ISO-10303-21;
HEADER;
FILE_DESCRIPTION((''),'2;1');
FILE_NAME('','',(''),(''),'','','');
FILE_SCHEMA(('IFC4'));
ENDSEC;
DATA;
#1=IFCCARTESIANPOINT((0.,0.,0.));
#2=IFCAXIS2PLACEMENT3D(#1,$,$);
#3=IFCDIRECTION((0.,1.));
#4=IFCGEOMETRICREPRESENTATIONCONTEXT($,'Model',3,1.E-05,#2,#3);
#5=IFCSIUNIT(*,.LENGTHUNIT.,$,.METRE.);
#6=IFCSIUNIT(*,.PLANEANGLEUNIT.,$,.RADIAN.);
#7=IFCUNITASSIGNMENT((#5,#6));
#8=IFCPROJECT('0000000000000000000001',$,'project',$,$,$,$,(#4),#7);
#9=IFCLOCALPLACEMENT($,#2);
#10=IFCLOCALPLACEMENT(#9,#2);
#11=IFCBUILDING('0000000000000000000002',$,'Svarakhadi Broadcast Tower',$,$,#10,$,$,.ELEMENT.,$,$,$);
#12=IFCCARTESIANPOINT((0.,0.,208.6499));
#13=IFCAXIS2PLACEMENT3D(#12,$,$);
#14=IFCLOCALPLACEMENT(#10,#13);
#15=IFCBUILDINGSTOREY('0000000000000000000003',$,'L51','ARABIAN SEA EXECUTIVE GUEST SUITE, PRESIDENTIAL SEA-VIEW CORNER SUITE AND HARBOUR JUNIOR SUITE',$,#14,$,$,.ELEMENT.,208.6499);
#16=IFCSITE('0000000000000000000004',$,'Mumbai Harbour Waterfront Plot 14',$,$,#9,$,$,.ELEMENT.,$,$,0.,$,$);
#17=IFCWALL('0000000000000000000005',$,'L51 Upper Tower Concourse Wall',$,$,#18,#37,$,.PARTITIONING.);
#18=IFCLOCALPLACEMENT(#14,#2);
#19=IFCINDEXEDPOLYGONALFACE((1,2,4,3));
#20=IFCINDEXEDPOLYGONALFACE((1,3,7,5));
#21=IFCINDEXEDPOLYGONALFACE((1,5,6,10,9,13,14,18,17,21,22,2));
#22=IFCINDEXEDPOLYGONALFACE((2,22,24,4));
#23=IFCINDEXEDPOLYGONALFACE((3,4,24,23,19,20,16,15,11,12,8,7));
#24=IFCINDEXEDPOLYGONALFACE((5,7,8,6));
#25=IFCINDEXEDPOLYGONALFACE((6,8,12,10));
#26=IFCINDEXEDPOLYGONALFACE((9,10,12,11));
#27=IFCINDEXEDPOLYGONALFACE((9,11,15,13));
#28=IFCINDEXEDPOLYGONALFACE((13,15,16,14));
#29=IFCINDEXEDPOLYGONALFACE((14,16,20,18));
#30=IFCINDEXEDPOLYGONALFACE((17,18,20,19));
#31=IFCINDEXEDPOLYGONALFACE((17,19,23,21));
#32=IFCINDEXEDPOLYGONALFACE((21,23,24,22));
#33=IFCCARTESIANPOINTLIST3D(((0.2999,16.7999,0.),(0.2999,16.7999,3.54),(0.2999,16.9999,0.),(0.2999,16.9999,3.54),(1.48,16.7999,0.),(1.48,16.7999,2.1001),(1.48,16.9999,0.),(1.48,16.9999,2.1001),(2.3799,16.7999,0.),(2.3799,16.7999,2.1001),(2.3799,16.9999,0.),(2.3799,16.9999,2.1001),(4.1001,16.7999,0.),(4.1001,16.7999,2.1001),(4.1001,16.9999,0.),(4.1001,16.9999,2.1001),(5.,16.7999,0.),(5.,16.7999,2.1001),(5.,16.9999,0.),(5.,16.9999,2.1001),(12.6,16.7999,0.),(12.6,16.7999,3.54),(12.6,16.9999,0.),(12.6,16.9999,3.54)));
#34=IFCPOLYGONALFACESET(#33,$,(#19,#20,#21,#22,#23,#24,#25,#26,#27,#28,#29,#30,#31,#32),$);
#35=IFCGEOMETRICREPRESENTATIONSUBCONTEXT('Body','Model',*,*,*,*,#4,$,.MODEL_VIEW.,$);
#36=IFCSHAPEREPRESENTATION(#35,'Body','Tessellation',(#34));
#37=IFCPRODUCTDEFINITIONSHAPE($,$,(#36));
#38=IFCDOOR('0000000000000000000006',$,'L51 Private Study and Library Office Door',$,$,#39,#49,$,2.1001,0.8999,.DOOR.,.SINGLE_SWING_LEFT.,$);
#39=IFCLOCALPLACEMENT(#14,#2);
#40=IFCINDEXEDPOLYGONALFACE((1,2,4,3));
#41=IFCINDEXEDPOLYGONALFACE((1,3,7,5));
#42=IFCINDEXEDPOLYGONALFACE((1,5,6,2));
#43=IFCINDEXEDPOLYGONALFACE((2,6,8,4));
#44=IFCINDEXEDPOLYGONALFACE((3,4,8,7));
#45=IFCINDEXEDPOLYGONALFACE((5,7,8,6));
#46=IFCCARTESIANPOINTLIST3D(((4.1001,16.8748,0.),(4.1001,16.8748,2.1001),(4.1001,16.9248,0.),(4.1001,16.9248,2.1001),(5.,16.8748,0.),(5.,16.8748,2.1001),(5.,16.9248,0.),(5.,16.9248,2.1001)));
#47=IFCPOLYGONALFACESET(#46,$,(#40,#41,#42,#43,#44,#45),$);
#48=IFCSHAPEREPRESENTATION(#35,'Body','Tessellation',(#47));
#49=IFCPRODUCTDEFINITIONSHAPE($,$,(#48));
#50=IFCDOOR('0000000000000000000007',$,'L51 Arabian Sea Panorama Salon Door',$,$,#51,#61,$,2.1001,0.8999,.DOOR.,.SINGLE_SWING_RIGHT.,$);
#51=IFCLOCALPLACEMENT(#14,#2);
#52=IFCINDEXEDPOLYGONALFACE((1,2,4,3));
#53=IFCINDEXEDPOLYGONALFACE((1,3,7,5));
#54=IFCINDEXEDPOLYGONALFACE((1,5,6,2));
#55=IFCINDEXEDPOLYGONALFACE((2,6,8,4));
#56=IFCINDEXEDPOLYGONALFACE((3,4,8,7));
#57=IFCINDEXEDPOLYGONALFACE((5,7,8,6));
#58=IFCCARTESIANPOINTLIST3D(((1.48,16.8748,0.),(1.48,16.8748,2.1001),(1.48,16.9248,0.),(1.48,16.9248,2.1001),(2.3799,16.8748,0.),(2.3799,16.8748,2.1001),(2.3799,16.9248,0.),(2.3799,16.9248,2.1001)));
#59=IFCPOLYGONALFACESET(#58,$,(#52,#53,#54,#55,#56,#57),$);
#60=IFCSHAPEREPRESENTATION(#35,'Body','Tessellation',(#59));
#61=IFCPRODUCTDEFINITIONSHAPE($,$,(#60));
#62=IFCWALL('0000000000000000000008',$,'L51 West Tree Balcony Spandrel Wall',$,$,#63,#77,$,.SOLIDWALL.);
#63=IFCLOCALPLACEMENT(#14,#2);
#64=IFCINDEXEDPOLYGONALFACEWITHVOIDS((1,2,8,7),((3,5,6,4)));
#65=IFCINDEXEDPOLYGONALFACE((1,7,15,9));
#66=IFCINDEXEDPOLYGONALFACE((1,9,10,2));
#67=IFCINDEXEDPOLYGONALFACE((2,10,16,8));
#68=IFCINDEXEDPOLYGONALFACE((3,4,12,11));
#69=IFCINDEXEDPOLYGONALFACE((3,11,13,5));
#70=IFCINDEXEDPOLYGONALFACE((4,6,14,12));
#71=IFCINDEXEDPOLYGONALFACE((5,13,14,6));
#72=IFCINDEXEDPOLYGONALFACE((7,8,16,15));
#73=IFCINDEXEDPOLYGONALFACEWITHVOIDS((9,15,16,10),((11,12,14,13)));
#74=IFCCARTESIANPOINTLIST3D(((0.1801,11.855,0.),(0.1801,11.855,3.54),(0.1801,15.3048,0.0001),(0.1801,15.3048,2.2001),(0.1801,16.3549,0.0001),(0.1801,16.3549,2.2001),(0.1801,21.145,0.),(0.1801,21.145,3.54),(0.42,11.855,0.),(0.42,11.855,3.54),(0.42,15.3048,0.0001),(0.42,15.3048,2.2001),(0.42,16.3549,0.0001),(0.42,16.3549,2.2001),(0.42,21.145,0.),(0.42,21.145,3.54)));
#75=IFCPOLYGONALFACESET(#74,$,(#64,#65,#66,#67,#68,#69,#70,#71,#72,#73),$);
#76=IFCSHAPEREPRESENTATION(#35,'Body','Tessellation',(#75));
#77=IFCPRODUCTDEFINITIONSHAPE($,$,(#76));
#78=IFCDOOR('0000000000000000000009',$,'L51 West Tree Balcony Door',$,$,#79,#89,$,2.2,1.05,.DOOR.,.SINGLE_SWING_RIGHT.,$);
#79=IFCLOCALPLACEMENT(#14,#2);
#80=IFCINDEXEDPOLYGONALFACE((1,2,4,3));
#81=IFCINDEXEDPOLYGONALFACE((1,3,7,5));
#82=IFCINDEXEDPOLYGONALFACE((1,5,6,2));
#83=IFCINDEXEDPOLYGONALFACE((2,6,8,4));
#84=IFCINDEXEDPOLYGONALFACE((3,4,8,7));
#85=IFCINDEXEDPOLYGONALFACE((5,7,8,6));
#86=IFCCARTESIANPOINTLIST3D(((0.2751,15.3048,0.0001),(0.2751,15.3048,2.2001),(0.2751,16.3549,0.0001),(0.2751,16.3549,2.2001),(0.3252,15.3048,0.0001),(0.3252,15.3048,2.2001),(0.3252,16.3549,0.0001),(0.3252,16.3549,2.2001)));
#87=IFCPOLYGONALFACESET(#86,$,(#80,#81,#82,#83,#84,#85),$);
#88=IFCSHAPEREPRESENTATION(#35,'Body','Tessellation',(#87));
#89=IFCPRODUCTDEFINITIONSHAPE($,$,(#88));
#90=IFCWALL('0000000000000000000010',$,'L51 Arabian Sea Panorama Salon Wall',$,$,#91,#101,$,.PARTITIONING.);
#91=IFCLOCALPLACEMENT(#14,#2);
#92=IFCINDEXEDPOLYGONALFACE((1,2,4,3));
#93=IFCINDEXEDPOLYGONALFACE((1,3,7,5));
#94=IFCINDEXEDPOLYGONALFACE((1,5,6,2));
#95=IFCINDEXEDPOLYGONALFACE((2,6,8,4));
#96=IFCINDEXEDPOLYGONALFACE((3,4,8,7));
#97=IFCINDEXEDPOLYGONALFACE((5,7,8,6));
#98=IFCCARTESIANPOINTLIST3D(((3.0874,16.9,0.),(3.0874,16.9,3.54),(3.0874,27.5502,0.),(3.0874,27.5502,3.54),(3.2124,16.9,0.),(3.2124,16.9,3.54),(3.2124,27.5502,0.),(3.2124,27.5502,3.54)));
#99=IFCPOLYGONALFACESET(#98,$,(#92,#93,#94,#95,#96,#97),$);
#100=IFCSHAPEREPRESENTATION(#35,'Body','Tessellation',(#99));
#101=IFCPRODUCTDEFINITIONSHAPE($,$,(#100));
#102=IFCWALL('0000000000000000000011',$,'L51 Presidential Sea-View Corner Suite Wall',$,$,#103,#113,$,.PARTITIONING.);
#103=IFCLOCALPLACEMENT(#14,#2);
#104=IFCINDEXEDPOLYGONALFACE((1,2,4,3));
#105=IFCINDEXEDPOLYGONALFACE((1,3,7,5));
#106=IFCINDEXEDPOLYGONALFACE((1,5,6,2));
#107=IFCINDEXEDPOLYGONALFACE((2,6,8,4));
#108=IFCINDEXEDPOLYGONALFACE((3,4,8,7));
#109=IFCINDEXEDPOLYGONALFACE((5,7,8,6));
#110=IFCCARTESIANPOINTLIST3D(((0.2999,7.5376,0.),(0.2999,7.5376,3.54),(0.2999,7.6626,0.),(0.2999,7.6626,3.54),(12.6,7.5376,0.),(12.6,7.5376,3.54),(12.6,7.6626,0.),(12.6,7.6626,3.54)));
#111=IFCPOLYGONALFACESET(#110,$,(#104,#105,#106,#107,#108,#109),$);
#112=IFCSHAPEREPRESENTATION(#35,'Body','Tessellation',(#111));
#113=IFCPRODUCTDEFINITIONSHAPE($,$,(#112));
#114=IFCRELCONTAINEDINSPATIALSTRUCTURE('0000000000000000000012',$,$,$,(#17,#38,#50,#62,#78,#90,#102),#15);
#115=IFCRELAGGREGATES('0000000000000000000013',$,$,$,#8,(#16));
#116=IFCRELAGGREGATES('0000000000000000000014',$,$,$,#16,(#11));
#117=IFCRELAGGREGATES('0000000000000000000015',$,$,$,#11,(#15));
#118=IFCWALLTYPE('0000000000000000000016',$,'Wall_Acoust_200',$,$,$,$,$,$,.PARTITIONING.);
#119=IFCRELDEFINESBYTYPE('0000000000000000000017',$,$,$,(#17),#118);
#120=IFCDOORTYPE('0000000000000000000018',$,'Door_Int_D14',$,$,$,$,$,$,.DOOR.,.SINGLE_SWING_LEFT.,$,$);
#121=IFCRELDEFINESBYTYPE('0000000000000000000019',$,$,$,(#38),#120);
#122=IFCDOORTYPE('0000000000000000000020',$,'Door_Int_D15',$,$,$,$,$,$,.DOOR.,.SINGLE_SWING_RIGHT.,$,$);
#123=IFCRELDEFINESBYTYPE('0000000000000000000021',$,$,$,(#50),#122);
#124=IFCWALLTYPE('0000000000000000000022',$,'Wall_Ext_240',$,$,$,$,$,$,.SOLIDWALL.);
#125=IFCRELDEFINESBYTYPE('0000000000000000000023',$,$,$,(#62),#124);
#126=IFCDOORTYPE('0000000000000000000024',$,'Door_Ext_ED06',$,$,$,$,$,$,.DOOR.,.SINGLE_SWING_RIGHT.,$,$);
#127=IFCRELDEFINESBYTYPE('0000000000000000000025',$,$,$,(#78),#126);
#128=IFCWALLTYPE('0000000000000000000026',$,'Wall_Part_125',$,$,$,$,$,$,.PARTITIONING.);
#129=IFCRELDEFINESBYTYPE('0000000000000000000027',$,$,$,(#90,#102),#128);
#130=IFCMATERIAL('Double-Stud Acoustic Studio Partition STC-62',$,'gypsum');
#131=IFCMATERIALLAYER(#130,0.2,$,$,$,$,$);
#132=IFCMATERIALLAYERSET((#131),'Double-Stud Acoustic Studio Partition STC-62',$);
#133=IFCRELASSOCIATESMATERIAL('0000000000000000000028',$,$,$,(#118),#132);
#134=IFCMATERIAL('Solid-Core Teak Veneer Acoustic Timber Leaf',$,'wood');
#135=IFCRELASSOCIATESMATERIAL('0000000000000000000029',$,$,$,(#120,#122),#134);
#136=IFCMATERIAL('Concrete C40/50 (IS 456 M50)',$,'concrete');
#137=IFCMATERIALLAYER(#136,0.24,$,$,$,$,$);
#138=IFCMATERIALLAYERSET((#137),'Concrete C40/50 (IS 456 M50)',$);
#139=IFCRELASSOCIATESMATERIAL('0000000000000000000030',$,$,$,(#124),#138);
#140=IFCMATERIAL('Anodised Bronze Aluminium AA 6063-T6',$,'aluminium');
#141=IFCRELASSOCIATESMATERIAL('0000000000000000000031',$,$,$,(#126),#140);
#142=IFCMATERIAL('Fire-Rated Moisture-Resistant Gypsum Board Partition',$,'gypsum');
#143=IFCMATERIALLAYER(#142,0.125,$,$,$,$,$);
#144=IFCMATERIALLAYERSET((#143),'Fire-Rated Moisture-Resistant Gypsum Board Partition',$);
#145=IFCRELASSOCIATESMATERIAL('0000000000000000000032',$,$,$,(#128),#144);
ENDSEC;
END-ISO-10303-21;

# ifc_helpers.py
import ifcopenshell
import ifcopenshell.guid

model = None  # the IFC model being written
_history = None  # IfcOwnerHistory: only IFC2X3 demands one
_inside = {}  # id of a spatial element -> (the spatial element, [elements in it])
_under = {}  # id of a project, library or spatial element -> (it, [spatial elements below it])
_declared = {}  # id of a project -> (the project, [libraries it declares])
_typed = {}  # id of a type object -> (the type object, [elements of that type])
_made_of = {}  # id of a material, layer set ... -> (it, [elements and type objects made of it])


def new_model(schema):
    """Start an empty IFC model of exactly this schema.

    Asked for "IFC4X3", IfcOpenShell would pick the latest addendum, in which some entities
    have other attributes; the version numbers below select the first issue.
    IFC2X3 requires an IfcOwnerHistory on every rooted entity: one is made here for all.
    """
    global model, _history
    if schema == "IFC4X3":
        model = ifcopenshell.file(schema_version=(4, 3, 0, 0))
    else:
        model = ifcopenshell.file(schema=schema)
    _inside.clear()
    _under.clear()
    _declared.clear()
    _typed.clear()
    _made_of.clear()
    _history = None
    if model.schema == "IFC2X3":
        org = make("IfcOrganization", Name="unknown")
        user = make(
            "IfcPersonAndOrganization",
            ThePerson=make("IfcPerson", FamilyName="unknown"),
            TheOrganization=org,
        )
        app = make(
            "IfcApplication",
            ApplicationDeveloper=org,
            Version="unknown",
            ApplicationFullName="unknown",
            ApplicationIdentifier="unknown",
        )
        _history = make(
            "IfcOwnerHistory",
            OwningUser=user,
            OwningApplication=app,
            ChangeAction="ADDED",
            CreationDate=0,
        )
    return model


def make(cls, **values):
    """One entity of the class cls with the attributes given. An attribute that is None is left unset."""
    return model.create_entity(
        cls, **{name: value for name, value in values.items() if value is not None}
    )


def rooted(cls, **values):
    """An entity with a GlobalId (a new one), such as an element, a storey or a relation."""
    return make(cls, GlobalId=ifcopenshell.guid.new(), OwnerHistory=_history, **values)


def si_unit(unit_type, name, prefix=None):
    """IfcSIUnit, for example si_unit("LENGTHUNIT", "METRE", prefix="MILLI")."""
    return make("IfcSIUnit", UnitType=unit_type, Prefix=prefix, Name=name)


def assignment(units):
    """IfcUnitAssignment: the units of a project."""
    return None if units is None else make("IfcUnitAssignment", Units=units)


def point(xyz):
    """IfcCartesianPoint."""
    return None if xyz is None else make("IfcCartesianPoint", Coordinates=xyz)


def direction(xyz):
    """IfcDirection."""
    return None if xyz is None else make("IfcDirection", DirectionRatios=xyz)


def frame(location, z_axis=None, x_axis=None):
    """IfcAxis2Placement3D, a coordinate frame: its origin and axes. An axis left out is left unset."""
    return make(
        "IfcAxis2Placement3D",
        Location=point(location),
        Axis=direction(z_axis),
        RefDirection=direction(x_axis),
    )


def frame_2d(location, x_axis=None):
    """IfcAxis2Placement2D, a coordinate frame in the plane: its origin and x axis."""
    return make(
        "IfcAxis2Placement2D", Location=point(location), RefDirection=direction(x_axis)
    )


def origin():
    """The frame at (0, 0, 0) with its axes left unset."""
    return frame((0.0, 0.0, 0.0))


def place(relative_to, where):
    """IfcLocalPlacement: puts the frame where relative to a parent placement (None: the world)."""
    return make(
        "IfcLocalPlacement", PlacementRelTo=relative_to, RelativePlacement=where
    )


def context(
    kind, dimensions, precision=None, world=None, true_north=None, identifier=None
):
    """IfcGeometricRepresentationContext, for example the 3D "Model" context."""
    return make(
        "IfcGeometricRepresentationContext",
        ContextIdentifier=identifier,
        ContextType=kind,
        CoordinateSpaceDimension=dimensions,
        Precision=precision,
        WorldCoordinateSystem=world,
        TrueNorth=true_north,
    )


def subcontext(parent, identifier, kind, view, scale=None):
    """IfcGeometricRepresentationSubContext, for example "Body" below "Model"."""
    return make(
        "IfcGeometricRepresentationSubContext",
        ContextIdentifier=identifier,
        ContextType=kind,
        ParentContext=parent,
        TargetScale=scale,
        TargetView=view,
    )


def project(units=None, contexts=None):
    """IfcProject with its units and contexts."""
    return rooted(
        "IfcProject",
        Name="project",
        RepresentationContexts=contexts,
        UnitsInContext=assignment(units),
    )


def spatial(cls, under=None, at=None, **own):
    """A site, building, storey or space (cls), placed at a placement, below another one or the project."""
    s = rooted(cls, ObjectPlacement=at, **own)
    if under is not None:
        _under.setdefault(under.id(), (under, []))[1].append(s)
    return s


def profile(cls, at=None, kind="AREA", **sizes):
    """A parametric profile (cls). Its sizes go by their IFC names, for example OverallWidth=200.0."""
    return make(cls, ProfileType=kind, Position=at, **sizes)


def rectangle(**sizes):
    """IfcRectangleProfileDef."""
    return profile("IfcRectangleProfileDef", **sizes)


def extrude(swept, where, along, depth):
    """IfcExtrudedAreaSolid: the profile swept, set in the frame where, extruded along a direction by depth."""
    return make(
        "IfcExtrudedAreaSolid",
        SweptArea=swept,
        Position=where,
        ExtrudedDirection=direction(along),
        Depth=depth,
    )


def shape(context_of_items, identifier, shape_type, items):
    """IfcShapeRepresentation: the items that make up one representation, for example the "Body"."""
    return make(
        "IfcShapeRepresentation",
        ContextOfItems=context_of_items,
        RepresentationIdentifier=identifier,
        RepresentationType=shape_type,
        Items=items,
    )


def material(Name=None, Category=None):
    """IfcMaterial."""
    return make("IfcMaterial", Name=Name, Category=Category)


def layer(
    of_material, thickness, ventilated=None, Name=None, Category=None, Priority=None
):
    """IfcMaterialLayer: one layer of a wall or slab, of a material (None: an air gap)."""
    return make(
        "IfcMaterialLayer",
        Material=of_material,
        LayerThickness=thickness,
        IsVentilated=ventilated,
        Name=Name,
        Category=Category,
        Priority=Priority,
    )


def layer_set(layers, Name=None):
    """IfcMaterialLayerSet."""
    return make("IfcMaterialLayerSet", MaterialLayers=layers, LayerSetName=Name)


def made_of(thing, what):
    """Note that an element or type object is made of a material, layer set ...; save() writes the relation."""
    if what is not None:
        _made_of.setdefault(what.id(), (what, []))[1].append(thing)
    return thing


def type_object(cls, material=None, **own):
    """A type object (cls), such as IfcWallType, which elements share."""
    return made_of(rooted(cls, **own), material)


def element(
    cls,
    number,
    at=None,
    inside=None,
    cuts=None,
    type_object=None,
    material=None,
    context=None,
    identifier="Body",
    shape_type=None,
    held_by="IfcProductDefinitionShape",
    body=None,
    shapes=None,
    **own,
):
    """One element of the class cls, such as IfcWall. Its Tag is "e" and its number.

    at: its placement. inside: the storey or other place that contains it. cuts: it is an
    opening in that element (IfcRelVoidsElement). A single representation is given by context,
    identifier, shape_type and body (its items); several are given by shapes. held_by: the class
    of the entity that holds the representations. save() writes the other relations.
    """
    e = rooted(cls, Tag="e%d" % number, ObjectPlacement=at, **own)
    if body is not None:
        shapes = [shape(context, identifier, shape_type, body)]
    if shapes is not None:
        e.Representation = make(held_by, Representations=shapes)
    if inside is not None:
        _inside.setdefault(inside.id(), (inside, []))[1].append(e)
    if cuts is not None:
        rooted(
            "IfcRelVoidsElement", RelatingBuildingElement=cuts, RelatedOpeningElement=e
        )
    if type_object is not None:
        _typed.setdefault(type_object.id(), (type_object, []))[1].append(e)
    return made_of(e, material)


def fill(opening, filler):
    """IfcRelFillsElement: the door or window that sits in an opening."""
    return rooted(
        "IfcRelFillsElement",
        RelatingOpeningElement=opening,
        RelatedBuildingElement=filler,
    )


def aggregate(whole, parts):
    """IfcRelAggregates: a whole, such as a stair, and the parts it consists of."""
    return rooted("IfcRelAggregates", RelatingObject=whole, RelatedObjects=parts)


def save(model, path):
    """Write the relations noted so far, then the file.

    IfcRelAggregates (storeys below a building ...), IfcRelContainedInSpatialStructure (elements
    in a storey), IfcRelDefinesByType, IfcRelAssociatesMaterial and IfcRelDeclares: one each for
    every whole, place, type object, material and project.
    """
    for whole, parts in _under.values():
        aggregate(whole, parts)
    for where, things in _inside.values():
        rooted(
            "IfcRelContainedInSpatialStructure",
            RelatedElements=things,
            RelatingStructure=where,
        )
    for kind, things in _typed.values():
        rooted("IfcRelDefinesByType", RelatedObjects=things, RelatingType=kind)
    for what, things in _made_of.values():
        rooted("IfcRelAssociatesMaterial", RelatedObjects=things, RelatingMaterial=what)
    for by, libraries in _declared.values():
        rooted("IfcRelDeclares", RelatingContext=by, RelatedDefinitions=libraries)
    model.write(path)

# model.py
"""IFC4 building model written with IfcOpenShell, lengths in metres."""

from ifc_helpers import new_model, si_unit, direction, frame, frame_2d, origin, place, context, subcontext, project, spatial, rectangle, extrude, material, layer, layer_set, type_object, element, fill, save


model = new_model("IFC4")

# Units and contexts
model_context = context("Model", 3, precision=1e-05, world=origin(), true_north=direction((0.0, 1.0)))
body_context = subcontext(model_context, "Body", "Model", "MODEL_VIEW")
ifc_project = project(units=[si_unit("LENGTHUNIT", "METRE"), si_unit("PLANEANGLEUNIT", "RADIAN")], contexts=[model_context])

# Site, building, storey
site_placement = place(None, origin())
site = spatial("IfcSite", under=ifc_project, at=site_placement, Name="Mumbai Harbour Waterfront Plot 14", CompositionType="ELEMENT", RefElevation=0.0)
building_placement = place(site_placement, origin())
building = spatial("IfcBuilding", under=site, at=building_placement, Name="Svarakhadi Broadcast Tower", CompositionType="ELEMENT")
storey_placement = place(building_placement, frame((0.0, 0.0, 208.6499)))
storey = spatial("IfcBuildingStorey", under=building, at=storey_placement, Name="L51", Description="ARABIAN SEA EXECUTIVE GUEST SUITE, PRESIDENTIAL SEA-VIEW CORNER SUITE AND HARBOUR JUNIOR SUITE", CompositionType="ELEMENT", Elevation=208.6499)

# Shared definitions
ifc_material_1 = material(Name="Anodised Bronze Aluminium AA 6063-T6", Category="aluminium")

# Wall, openings, doors
ifc_material_2 = material(Name="Double-Stud Acoustic Studio Partition STC-62", Category="gypsum")
ifc_layer_1 = layer(ifc_material_2, 0.2)
ifc_layer_set_1 = layer_set([ifc_layer_1], Name="Double-Stud Acoustic Studio Partition STC-62")
wall_type_1 = type_object("IfcWallType", Name="Wall_Acoust_200", PredefinedType="PARTITIONING", material=ifc_layer_set_1)
wall_1_placement = place(storey_placement, frame((0.3, 16.8999, 0.0), z_axis=(0.0, 0.0, 1.0), x_axis=(1.0, 0.0, 0.0)))
wall_1 = element("IfcWall", 1, at=wall_1_placement, inside=storey, type_object=wall_type_1, Name="L51 Upper Tower Concourse Wall", PredefinedType="PARTITIONING", context=body_context, shape_type="SweptSolid", body=[
    extrude(rectangle(XDim=12.3, YDim=0.2, at=frame_2d((6.1499, 0.0))), origin(), (0.0, 0.0, 1.0), 3.54),
])
opening_1_placement = place(wall_1_placement, frame((1.1799, 0.0, 0.0)))
opening_1 = element("IfcOpeningElement", 2, at=opening_1_placement, cuts=wall_1, PredefinedType="OPENING", context=body_context, shape_type="SweptSolid", body=[
    extrude(rectangle(XDim=0.8999, YDim=2.1001, at=frame_2d((0.45, 1.05))), frame((0.0, 0.1099, 0.0), z_axis=(0.0, -1.0, 0.0), x_axis=(1.0, 0.0, 0.0)), (0.0, 0.0, 1.0), 0.22),
])
opening_2_placement = place(wall_1_placement, frame((3.8, 0.0, 0.0)))
opening_2 = element("IfcOpeningElement", 3, at=opening_2_placement, cuts=wall_1, PredefinedType="OPENING", context=body_context, shape_type="SweptSolid", body=[
    extrude(rectangle(XDim=0.8999, YDim=2.1001, at=frame_2d((0.45, 1.05))), frame((0.0, 0.1099, 0.0), z_axis=(0.0, -1.0, 0.0), x_axis=(1.0, 0.0, 0.0)), (0.0, 0.0, 1.0), 0.22),
])
ifc_material_3 = material(Name="Solid-Core Teak Veneer Acoustic Timber Leaf", Category="wood")
door_type_1 = type_object("IfcDoorType", Name="Door_Int_D14", OperationType="SINGLE_SWING_LEFT", PredefinedType="DOOR", material=ifc_material_3)
door_1_placement = place(opening_2_placement, origin())
door_1 = element("IfcDoor", 4, at=door_1_placement, inside=storey, type_object=door_type_1, Name="L51 Private Study and Library Office Door", OperationType="SINGLE_SWING_LEFT", OverallHeight=2.1001, OverallWidth=0.8999, PredefinedType="DOOR", context=body_context, shape_type="SweptSolid", body=[
    extrude(rectangle(XDim=0.8999, YDim=2.1001, at=frame_2d((0.45, 1.05))), frame((0.0, 0.0249, 0.0), z_axis=(0.0, -1.0, 0.0), x_axis=(1.0, 0.0, 0.0)), (0.0, 0.0, 1.0), 0.05),
])
fill(opening_2, door_1)
door_type_2 = type_object("IfcDoorType", Name="Door_Int_D15", OperationType="SINGLE_SWING_RIGHT", PredefinedType="DOOR", material=ifc_material_3)
door_2_placement = place(opening_1_placement, origin())
door_2 = element("IfcDoor", 5, at=door_2_placement, inside=storey, type_object=door_type_2, Name="L51 Arabian Sea Panorama Salon Door", OperationType="SINGLE_SWING_RIGHT", OverallHeight=2.1001, OverallWidth=0.8999, PredefinedType="DOOR", context=body_context, shape_type="SweptSolid", body=[
    extrude(rectangle(XDim=0.8999, YDim=2.1001, at=frame_2d((0.45, 1.05))), frame((0.0, 0.0249, 0.0), z_axis=(0.0, -1.0, 0.0), x_axis=(1.0, 0.0, 0.0)), (0.0, 0.0, 1.0), 0.05),
])
fill(opening_1, door_2)

# Wall, opening, door
ifc_material_4 = material(Name="Concrete C40/50 (IS 456 M50)", Category="concrete")
ifc_layer_2 = layer(ifc_material_4, 0.24)
ifc_layer_set_2 = layer_set([ifc_layer_2], Name="Concrete C40/50 (IS 456 M50)")
wall_type_2 = type_object("IfcWallType", Name="Wall_Ext_240", PredefinedType="SOLIDWALL", material=ifc_layer_set_2)
wall_2_placement = place(storey_placement, frame((0.3, 11.855, 0.0), z_axis=(0.0, 0.0, 1.0), x_axis=(0.0, 1.0, 0.0)))
wall_2 = element("IfcWall", 6, at=wall_2_placement, inside=storey, type_object=wall_type_2, Name="L51 West Tree Balcony Spandrel Wall", PredefinedType="SOLIDWALL", context=body_context, shape_type="SweptSolid", body=[
    extrude(rectangle(XDim=9.29, YDim=0.24, at=frame_2d((4.645, 0.0))), origin(), (0.0, 0.0, 1.0), 3.54),
])
opening_3_placement = place(wall_2_placement, frame((3.45, 0.0, 0.0)))
opening_3 = element("IfcOpeningElement", 7, at=opening_3_placement, cuts=wall_2, PredefinedType="OPENING", context=body_context, shape_type="SweptSolid", body=[
    extrude(rectangle(XDim=1.05, YDim=2.2, at=frame_2d((0.5249, 1.1001))), frame((0.0, 0.1299, 0.0), z_axis=(0.0, -1.0, 0.0), x_axis=(1.0, 0.0, 0.0)), (0.0, 0.0, 1.0), 0.26),
])
door_type_3 = type_object("IfcDoorType", Name="Door_Ext_ED06", OperationType="SINGLE_SWING_RIGHT", PredefinedType="DOOR", material=ifc_material_1)
door_3_placement = place(opening_3_placement, origin())
door_3 = element("IfcDoor", 8, at=door_3_placement, inside=storey, type_object=door_type_3, Name="L51 West Tree Balcony Door", OperationType="SINGLE_SWING_RIGHT", OverallHeight=2.2, OverallWidth=1.05, PredefinedType="DOOR", context=body_context, shape_type="SweptSolid", body=[
    extrude(rectangle(XDim=1.05, YDim=2.2, at=frame_2d((0.5249, 1.1001))), frame((0.0, 0.0249, 0.0), z_axis=(0.0, -1.0, 0.0), x_axis=(1.0, 0.0, 0.0)), (0.0, 0.0, 1.0), 0.05),
])
fill(opening_3, door_3)

# Walls
ifc_material_5 = material(Name="Fire-Rated Moisture-Resistant Gypsum Board Partition", Category="gypsum")
ifc_layer_3 = layer(ifc_material_5, 0.125)
ifc_layer_set_3 = layer_set([ifc_layer_3], Name="Fire-Rated Moisture-Resistant Gypsum Board Partition")
wall_type_3 = type_object("IfcWallType", Name="Wall_Part_125", PredefinedType="PARTITIONING", material=ifc_layer_set_3)
wall_3_placement = place(storey_placement, frame((3.1499, 16.8999, 0.0), z_axis=(0.0, 0.0, 1.0), x_axis=(0.0, 1.0, 0.0)))
element("IfcWall", 9, at=wall_3_placement, inside=storey, type_object=wall_type_3, Name="L51 Arabian Sea Panorama Salon Wall", PredefinedType="PARTITIONING", context=body_context, shape_type="SweptSolid", body=[
    extrude(rectangle(XDim=10.6501, YDim=0.125, at=frame_2d((5.3252, 0.0))), origin(), (0.0, 0.0, 1.0), 3.54),
])
wall_4_placement = place(storey_placement, frame((0.3, 7.6001, 0.0), z_axis=(0.0, 0.0, 1.0), x_axis=(1.0, 0.0, 0.0)))
element("IfcWall", 10, at=wall_4_placement, inside=storey, type_object=wall_type_3, Name="L51 Presidential Sea-View Corner Suite Wall", PredefinedType="PARTITIONING", context=body_context, shape_type="SweptSolid", body=[
    extrude(rectangle(XDim=12.3, YDim=0.125, at=frame_2d((6.1499, 0.0))), origin(), (0.0, 0.0, 1.0), 3.54),
])

save(model, "model.ifc")
